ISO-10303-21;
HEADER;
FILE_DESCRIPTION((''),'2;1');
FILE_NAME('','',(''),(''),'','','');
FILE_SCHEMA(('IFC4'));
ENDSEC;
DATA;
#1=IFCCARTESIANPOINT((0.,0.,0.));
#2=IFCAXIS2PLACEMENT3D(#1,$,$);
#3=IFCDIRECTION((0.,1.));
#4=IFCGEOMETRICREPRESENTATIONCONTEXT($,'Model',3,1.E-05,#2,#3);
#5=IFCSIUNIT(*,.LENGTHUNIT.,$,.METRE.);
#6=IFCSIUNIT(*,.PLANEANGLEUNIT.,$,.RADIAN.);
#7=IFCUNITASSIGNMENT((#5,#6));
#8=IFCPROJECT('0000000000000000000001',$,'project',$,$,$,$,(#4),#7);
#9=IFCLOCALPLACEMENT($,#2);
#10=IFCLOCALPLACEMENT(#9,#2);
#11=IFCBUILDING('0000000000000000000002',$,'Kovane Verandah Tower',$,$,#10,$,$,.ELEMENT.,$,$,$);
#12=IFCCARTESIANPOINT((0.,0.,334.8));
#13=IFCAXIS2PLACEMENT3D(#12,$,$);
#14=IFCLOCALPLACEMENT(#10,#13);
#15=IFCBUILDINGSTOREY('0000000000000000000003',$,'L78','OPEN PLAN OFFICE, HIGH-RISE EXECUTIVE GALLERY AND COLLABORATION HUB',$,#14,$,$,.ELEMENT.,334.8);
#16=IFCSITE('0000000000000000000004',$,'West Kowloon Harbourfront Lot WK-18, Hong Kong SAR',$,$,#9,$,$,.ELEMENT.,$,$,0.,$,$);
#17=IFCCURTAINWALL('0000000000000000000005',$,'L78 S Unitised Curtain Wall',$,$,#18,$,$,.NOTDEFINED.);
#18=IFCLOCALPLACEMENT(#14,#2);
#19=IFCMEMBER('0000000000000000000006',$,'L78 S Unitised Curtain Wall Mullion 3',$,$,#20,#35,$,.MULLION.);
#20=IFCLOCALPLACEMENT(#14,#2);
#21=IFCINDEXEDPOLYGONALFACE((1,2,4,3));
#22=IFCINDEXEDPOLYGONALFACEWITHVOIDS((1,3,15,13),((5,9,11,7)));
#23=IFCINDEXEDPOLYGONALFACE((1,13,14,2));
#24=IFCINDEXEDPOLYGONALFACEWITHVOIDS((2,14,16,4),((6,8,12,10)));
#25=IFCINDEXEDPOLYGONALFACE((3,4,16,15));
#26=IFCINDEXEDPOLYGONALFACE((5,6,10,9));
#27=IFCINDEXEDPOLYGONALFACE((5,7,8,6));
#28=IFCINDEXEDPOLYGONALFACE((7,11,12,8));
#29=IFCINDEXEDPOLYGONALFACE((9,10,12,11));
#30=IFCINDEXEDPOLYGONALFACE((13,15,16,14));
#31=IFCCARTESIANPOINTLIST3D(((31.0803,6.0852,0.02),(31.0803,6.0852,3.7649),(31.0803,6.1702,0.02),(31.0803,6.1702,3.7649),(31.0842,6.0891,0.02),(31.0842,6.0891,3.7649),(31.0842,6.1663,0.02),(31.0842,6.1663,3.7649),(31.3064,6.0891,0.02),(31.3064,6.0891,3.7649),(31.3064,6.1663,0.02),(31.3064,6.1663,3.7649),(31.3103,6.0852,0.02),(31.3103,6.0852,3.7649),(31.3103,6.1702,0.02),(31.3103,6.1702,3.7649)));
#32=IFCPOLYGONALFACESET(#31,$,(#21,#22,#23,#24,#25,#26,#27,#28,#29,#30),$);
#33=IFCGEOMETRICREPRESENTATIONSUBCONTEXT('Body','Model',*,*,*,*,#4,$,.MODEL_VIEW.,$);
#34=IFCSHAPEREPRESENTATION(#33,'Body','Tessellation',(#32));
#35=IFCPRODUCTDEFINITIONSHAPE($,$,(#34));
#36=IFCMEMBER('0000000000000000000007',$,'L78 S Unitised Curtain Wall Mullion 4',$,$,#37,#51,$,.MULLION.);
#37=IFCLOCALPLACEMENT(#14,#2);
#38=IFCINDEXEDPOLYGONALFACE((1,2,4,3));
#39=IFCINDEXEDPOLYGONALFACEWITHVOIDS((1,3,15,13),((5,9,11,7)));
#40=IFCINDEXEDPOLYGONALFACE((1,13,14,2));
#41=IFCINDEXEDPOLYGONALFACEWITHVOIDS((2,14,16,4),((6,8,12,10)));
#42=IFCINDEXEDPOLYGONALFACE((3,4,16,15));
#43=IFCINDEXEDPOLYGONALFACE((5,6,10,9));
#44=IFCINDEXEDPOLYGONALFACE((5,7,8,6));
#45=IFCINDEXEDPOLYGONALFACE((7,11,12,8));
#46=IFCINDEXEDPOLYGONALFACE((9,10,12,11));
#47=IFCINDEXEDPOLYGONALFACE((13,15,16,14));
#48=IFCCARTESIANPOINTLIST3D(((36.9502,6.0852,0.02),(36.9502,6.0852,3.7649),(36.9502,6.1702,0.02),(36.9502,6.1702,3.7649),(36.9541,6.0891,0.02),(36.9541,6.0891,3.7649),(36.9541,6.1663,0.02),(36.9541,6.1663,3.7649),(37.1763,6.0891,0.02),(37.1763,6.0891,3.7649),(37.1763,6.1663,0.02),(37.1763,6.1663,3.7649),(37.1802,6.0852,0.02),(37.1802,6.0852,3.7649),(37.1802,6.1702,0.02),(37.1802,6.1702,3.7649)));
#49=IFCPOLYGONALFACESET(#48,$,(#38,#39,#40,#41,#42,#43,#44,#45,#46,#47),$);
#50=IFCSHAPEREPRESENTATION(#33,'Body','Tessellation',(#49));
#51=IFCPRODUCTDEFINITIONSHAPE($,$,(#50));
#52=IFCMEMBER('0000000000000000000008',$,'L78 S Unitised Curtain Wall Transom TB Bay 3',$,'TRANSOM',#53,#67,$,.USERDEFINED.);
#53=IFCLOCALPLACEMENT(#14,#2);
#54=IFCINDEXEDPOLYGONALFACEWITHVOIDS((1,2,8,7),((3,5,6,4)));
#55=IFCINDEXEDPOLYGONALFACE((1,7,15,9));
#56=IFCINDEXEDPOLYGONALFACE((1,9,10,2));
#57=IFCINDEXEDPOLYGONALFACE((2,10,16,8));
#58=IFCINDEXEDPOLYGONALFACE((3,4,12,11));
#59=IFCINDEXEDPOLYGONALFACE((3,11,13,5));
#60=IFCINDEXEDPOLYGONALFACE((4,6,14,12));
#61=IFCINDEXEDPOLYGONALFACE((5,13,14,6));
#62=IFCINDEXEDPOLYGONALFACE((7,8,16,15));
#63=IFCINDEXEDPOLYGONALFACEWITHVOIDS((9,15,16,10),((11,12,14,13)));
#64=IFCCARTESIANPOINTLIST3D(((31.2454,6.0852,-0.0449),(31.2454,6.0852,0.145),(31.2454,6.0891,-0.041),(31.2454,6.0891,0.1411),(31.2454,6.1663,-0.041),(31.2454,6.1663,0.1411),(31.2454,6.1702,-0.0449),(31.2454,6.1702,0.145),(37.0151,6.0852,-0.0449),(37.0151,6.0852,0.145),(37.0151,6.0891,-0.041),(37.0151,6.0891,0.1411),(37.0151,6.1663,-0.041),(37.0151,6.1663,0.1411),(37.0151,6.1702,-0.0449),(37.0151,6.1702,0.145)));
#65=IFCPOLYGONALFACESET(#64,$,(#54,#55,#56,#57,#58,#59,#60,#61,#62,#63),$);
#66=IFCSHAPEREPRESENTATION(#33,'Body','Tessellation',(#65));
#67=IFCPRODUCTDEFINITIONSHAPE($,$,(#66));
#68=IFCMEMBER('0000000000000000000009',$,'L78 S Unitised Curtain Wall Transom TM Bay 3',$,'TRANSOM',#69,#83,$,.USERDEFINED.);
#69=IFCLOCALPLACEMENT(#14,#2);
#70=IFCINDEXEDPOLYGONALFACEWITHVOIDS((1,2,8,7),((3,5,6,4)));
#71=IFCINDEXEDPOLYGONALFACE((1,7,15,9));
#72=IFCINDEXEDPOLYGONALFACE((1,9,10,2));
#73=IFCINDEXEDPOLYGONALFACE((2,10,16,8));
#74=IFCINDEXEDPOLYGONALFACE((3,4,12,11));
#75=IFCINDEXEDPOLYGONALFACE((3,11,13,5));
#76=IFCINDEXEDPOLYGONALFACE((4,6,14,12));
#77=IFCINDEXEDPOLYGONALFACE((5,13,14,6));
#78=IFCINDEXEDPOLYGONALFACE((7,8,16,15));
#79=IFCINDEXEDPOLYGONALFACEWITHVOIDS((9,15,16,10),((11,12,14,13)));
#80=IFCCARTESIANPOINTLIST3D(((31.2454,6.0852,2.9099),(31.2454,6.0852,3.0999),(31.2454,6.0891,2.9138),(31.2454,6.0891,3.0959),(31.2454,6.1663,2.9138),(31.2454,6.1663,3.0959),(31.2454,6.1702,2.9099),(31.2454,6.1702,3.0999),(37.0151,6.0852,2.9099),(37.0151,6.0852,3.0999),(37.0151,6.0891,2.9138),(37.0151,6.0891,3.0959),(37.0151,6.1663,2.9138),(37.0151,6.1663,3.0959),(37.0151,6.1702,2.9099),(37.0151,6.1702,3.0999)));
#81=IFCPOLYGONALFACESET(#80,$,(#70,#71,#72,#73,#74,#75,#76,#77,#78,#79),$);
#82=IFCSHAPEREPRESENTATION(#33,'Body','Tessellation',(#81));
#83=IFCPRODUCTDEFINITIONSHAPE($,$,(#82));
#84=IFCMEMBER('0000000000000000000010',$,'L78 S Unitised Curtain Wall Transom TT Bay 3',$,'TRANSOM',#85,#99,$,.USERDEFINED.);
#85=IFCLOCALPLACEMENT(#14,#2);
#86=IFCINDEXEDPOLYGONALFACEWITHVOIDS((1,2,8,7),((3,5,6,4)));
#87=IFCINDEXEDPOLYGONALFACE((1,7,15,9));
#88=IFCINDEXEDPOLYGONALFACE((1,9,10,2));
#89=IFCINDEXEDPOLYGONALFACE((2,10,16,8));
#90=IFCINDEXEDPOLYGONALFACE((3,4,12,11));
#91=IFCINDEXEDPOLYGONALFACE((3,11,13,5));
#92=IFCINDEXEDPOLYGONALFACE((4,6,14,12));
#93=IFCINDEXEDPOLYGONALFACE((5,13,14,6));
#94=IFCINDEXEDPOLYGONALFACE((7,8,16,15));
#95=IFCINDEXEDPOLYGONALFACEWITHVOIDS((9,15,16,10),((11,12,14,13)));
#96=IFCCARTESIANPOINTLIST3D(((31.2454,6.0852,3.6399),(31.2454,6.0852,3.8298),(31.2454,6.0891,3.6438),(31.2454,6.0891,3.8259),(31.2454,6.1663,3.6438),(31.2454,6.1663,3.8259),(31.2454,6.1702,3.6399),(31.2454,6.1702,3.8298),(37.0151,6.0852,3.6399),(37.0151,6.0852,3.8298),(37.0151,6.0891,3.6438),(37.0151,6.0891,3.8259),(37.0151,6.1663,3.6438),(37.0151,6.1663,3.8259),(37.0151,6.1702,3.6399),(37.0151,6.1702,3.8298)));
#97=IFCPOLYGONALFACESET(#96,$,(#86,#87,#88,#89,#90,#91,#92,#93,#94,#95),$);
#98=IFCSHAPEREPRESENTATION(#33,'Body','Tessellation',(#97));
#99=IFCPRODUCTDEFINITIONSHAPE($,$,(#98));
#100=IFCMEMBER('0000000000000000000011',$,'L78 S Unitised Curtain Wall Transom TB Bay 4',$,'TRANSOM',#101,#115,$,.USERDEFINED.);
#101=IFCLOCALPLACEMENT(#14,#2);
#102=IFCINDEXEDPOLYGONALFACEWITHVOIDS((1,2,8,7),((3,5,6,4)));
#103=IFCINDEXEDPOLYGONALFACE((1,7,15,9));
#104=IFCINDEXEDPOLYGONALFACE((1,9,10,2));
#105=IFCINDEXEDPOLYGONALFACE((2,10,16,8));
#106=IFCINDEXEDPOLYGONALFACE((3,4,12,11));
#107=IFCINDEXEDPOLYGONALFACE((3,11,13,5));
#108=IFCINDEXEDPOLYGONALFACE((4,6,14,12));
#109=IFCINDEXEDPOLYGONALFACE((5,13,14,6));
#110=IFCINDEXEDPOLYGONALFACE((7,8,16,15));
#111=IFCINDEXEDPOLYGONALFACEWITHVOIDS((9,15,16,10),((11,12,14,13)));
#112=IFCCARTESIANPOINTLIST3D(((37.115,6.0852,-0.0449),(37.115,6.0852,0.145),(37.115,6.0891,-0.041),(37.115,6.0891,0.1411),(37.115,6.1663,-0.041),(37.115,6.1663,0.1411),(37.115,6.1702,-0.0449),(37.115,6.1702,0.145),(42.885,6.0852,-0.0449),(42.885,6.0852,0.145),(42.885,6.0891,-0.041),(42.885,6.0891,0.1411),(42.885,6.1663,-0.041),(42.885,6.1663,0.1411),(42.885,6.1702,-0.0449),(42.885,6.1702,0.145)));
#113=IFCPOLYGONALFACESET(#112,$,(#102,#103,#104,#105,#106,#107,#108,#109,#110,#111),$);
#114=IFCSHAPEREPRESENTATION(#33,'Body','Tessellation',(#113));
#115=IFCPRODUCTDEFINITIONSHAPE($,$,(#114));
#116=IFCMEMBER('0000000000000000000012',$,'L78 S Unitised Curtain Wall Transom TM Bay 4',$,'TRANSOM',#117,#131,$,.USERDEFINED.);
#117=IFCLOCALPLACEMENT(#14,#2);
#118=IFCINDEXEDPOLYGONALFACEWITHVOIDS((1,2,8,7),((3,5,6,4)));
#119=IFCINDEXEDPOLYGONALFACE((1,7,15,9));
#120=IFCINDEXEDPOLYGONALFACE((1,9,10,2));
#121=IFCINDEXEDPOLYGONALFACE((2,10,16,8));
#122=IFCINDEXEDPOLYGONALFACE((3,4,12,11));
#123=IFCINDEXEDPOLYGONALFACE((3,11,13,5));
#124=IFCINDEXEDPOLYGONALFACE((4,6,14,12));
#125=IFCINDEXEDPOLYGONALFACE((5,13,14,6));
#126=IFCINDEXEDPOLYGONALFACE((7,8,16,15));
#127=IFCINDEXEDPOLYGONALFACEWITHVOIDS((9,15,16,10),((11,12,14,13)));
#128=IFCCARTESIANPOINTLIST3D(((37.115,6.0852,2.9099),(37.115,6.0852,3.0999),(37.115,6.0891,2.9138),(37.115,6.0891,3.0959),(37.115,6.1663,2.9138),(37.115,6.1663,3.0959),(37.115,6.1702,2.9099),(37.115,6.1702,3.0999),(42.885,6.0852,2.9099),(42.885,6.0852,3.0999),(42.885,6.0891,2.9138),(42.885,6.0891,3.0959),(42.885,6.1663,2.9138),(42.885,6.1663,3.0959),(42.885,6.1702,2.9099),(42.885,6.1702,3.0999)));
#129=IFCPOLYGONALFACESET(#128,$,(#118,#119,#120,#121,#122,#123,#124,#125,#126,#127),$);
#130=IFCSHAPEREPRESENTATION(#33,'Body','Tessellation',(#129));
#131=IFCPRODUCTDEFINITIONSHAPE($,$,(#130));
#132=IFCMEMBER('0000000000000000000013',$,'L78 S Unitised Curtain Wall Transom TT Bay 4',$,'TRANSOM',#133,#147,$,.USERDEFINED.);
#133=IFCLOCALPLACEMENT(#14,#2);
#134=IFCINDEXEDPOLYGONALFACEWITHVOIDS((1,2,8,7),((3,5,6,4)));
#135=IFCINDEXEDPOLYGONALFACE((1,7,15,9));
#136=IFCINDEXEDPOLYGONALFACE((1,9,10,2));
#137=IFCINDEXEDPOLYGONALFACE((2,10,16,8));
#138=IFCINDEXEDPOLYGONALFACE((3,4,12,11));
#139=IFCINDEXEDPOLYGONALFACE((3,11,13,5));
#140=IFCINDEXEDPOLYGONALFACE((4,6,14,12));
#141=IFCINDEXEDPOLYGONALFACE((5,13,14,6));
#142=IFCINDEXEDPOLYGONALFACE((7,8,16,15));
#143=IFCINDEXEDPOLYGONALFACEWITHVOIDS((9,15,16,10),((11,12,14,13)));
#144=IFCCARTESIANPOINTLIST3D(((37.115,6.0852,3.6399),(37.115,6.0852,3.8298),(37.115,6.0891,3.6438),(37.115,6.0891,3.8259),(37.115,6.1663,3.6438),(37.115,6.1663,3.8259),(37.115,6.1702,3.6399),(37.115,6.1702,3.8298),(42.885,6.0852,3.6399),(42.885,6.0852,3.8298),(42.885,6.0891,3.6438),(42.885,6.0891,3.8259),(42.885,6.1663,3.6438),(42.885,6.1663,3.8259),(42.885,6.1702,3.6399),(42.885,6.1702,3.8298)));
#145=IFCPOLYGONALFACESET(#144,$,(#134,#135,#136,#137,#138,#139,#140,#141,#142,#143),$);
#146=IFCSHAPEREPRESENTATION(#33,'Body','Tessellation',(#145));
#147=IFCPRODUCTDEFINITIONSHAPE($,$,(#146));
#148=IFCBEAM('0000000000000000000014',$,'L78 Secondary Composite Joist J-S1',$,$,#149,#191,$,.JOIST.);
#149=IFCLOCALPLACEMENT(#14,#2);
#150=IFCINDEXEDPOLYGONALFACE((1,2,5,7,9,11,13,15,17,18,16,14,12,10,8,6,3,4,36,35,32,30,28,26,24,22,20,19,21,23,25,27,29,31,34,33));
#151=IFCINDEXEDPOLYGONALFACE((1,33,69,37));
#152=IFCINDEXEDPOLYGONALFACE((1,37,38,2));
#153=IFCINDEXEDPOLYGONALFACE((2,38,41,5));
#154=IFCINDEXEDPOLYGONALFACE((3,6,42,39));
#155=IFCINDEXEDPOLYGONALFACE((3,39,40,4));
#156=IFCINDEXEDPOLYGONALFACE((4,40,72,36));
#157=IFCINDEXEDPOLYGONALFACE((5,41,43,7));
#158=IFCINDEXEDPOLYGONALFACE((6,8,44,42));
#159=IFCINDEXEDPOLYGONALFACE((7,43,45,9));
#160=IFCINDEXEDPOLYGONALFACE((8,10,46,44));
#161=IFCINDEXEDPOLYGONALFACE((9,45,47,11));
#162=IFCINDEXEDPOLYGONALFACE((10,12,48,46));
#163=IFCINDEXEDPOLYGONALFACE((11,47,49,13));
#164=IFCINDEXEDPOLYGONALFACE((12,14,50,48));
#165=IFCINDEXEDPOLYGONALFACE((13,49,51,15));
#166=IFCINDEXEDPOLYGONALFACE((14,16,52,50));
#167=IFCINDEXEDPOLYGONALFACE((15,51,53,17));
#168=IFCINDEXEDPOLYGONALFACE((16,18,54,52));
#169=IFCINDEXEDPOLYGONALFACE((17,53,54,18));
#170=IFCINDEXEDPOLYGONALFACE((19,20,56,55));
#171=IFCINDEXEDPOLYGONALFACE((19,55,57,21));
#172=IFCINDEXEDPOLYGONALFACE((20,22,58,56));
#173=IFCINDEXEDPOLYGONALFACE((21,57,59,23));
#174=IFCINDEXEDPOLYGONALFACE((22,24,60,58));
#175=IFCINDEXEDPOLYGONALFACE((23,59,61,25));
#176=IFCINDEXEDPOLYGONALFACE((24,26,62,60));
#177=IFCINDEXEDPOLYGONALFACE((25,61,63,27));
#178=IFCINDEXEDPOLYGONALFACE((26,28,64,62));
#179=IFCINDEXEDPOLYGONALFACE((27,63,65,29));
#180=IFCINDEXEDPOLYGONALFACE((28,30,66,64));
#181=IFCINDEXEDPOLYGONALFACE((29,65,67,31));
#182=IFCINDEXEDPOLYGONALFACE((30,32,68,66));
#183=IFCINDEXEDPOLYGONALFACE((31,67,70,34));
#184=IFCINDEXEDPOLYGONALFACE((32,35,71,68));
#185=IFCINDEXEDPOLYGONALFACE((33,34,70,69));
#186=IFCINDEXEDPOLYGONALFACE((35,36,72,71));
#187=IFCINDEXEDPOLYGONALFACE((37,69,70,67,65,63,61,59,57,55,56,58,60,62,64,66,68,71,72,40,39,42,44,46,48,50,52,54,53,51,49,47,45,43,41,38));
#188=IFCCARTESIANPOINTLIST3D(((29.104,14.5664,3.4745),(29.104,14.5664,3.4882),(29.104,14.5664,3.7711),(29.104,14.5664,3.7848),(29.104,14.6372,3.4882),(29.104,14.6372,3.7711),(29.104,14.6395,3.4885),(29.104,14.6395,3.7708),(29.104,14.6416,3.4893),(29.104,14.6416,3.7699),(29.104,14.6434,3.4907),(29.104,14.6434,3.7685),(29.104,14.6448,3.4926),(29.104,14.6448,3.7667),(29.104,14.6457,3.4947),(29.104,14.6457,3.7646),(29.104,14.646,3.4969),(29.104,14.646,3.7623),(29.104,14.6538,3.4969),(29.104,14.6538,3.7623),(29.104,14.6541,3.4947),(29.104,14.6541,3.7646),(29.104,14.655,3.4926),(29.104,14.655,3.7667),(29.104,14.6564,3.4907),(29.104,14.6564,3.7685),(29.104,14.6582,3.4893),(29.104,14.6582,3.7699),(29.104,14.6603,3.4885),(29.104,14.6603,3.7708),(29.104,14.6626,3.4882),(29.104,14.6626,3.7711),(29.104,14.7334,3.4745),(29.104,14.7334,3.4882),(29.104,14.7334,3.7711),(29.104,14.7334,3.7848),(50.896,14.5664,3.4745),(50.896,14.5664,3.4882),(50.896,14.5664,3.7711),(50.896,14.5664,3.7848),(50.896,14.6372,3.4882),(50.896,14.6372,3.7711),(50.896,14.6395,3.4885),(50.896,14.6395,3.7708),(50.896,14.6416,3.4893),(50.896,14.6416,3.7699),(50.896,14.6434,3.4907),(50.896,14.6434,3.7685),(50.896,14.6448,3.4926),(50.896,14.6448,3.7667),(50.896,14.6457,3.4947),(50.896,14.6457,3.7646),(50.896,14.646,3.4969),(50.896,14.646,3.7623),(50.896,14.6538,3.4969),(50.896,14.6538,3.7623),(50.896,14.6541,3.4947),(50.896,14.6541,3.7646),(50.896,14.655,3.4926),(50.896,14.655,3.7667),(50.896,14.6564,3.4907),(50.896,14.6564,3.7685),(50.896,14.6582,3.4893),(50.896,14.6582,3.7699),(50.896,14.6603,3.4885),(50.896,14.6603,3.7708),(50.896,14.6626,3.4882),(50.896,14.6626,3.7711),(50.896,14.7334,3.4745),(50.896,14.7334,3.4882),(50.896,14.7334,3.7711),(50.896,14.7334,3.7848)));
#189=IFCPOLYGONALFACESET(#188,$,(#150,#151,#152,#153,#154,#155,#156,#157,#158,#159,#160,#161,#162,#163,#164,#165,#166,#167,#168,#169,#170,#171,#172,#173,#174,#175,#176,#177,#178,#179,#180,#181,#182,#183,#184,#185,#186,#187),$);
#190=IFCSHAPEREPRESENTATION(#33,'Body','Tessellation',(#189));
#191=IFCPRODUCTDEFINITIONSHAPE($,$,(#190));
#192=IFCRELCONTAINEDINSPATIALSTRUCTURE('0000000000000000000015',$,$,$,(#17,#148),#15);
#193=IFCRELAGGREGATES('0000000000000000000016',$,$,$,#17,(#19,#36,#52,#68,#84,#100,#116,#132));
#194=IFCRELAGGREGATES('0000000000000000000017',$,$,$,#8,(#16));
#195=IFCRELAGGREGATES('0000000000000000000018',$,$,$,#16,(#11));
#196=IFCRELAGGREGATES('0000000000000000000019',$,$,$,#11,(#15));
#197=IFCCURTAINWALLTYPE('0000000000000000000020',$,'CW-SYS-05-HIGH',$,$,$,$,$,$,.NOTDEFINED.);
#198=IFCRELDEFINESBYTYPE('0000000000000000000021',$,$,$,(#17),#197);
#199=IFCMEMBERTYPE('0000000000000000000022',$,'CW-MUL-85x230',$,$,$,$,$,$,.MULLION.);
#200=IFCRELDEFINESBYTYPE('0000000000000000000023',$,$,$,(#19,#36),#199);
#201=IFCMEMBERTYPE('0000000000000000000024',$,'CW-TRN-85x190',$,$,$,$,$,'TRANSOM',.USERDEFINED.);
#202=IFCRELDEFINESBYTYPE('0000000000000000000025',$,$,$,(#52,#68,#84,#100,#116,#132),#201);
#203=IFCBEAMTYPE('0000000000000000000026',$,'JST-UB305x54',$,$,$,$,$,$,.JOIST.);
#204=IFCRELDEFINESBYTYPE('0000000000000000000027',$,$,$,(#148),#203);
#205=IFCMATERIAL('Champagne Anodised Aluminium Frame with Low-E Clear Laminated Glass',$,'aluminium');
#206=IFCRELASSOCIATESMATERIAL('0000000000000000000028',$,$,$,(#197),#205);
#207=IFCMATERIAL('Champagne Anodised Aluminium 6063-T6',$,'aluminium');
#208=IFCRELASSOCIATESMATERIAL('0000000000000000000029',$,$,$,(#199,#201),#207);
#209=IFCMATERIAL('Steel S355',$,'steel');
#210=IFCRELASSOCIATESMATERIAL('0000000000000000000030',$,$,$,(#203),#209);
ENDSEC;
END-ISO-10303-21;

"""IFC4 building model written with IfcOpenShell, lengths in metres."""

from ifc_helpers import new_model, si_unit, direction, frame, origin, origin_2d, place, context, subcontext, project, spatial, hollow_rectangle, i_section, extrude, material, material_profile, profile_set, type_object, element, aggregate, save


model = new_model("IFC4")

# Units and contexts
model_context = context("Model", 3, precision=1e-05, world=origin(), true_north=direction((0.0, 1.0)))
body_context = subcontext(model_context, "Body", "Model", "MODEL_VIEW")
ifc_project = project(units=[si_unit("LENGTHUNIT", "METRE"), si_unit("PLANEANGLEUNIT", "RADIAN")], contexts=[model_context])

# Site, building, storey
site_placement = place(None, origin())
site = spatial("IfcSite", under=ifc_project, at=site_placement, Name="West Kowloon Harbourfront Lot WK-18, Hong Kong SAR", CompositionType="ELEMENT", RefElevation=0.0)
building_placement = place(site_placement, origin())
building = spatial("IfcBuilding", under=site, at=building_placement, Name="Kovane Verandah Tower", CompositionType="ELEMENT")
storey_placement = place(building_placement, frame((0.0, 0.0, 334.8)))
storey = spatial("IfcBuildingStorey", under=building, at=storey_placement, Name="L78", Description="OPEN PLAN OFFICE, HIGH-RISE EXECUTIVE GALLERY AND COLLABORATION HUB", CompositionType="ELEMENT", Elevation=334.8)

# Shared definitions
ifc_material_1 = material(Name="Steel S355", Category="steel")

# Curtain wall, members
ifc_material_2 = material(Name="Champagne Anodised Aluminium Frame with Low-E Clear Laminated Glass", Category="aluminium")
curtain_wall_type = type_object("IfcCurtainWallType", Name="CW-SYS-05-HIGH", PredefinedType="NOTDEFINED", material=ifc_material_2)
curtain_wall_placement = place(storey_placement, origin())
curtain_wall = element("IfcCurtainWall", 1, at=curtain_wall_placement, inside=storey, type_object=curtain_wall_type, Name="L78 S Unitised Curtain Wall", PredefinedType="NOTDEFINED")
ifc_material_3 = material(Name="Champagne Anodised Aluminium 6063-T6", Category="aluminium")
ifc_material_profile_1 = material_profile(ifc_material_3, hollow_rectangle(XDim=0.085, YDim=0.23, WallThickness=0.0039, at=origin_2d()), Name="AL85x230x4")
ifc_profile_set_1 = profile_set([ifc_material_profile_1], Name="Champagne Anodised Aluminium 6063-T6")
member_type_1 = type_object("IfcMemberType", Name="CW-MUL-85x230", PredefinedType="MULLION", material=ifc_profile_set_1)
member_1_placement = place(storey_placement, frame((31.1953, 6.1277, 0.02), z_axis=(0.0, 0.0, 1.0), x_axis=(0.0, -1.0, 0.0)))
member_1 = element("IfcMember", 2, at=member_1_placement, type_object=member_type_1, Name="L78 S Unitised Curtain Wall Mullion 3", PredefinedType="MULLION", context=body_context, shape_type="SweptSolid", body=[
    extrude(hollow_rectangle(XDim=0.085, YDim=0.23, WallThickness=0.0039, at=origin_2d()), origin(), (0.0, 0.0, 1.0), 3.7449),
])
member_2_placement = place(storey_placement, frame((37.0652, 6.1277, 0.02), z_axis=(0.0, 0.0, 1.0), x_axis=(0.0, -1.0, 0.0)))
member_2 = element("IfcMember", 3, at=member_2_placement, type_object=member_type_1, Name="L78 S Unitised Curtain Wall Mullion 4", PredefinedType="MULLION", context=body_context, shape_type="SweptSolid", body=[
    extrude(hollow_rectangle(XDim=0.085, YDim=0.23, WallThickness=0.0039, at=origin_2d()), origin(), (0.0, 0.0, 1.0), 3.7449),
])
ifc_material_profile_2 = material_profile(ifc_material_3, hollow_rectangle(XDim=0.085, YDim=0.1899, WallThickness=0.0039, at=origin_2d()), Name="AL85x190x4")
ifc_profile_set_2 = profile_set([ifc_material_profile_2], Name="Champagne Anodised Aluminium 6063-T6")
member_type_2 = type_object("IfcMemberType", Name="CW-TRN-85x190", ElementType="TRANSOM", PredefinedType="USERDEFINED", material=ifc_profile_set_2)
member_3_placement = place(storey_placement, frame((31.2454, 6.1277, 0.05), z_axis=(1.0, 0.0, 0.0), x_axis=(0.0, 1.0, 0.0)))
member_3 = element("IfcMember", 4, at=member_3_placement, type_object=member_type_2, Name="L78 S Unitised Curtain Wall Transom TB Bay 3", ObjectType="TRANSOM", PredefinedType="USERDEFINED", context=body_context, shape_type="SweptSolid", body=[
    extrude(hollow_rectangle(XDim=0.085, YDim=0.1899, WallThickness=0.0039, at=origin_2d()), origin(), (0.0, 0.0, 1.0), 5.7698),
])
member_4_placement = place(storey_placement, frame((31.2454, 6.1277, 3.0049), z_axis=(1.0, 0.0, 0.0), x_axis=(0.0, 1.0, 0.0)))
member_4 = element("IfcMember", 5, at=member_4_placement, type_object=member_type_2, Name="L78 S Unitised Curtain Wall Transom TM Bay 3", ObjectType="TRANSOM", PredefinedType="USERDEFINED", context=body_context, shape_type="SweptSolid", body=[
    extrude(hollow_rectangle(XDim=0.085, YDim=0.1899, WallThickness=0.0039, at=origin_2d()), origin(), (0.0, 0.0, 1.0), 5.7698),
])
member_5_placement = place(storey_placement, frame((31.2454, 6.1277, 3.7349), z_axis=(1.0, 0.0, 0.0), x_axis=(0.0, 1.0, 0.0)))
member_5 = element("IfcMember", 6, at=member_5_placement, type_object=member_type_2, Name="L78 S Unitised Curtain Wall Transom TT Bay 3", ObjectType="TRANSOM", PredefinedType="USERDEFINED", context=body_context, shape_type="SweptSolid", body=[
    extrude(hollow_rectangle(XDim=0.085, YDim=0.1899, WallThickness=0.0039, at=origin_2d()), origin(), (0.0, 0.0, 1.0), 5.7698),
])
member_6_placement = place(storey_placement, frame((37.115, 6.1277, 0.05), z_axis=(1.0, 0.0, 0.0), x_axis=(0.0, 1.0, 0.0)))
member_6 = element("IfcMember", 7, at=member_6_placement, type_object=member_type_2, Name="L78 S Unitised Curtain Wall Transom TB Bay 4", ObjectType="TRANSOM", PredefinedType="USERDEFINED", context=body_context, shape_type="SweptSolid", body=[
    extrude(hollow_rectangle(XDim=0.085, YDim=0.1899, WallThickness=0.0039, at=origin_2d()), origin(), (0.0, 0.0, 1.0), 5.77),
])
member_7_placement = place(storey_placement, frame((37.115, 6.1277, 3.0049), z_axis=(1.0, 0.0, 0.0), x_axis=(0.0, 1.0, 0.0)))
member_7 = element("IfcMember", 8, at=member_7_placement, type_object=member_type_2, Name="L78 S Unitised Curtain Wall Transom TM Bay 4", ObjectType="TRANSOM", PredefinedType="USERDEFINED", context=body_context, shape_type="SweptSolid", body=[
    extrude(hollow_rectangle(XDim=0.085, YDim=0.1899, WallThickness=0.0039, at=origin_2d()), origin(), (0.0, 0.0, 1.0), 5.77),
])
member_8_placement = place(storey_placement, frame((37.115, 6.1277, 3.7349), z_axis=(1.0, 0.0, 0.0), x_axis=(0.0, 1.0, 0.0)))
member_8 = element("IfcMember", 9, at=member_8_placement, type_object=member_type_2, Name="L78 S Unitised Curtain Wall Transom TT Bay 4", ObjectType="TRANSOM", PredefinedType="USERDEFINED", context=body_context, shape_type="SweptSolid", body=[
    extrude(hollow_rectangle(XDim=0.085, YDim=0.1899, WallThickness=0.0039, at=origin_2d()), origin(), (0.0, 0.0, 1.0), 5.77),
])

# Beam
ifc_material_profile_3 = material_profile(ifc_material_1, i_section(OverallWidth=0.167, OverallDepth=0.3103, WebThickness=0.0078, FlangeThickness=0.0137, FilletRadius=0.0088, at=origin_2d()), Name="UB305x165x54")
ifc_profile_set_3 = profile_set([ifc_material_profile_3], Name="Steel S355")
beam_type_1 = type_object("IfcBeamType", Name="JST-UB305x54", PredefinedType="JOIST", material=ifc_profile_set_3)
beam_1_placement = place(storey_placement, frame((29.104, 14.6499, 3.6296), z_axis=(1.0, 0.0, 0.0), x_axis=(0.0, 1.0, 0.0)))
element("IfcBeam", 10, at=beam_1_placement, inside=storey, type_object=beam_type_1, Name="L78 Secondary Composite Joist J-S1", PredefinedType="JOIST", context=body_context, shape_type="SweptSolid", body=[
    extrude(i_section(OverallWidth=0.167, OverallDepth=0.3103, WebThickness=0.0078, FlangeThickness=0.0137, FilletRadius=0.0088, at=origin_2d()), origin(), (0.0, 0.0, 1.0), 21.792),
])

aggregate(curtain_wall, [member_1, member_2, member_3, member_4, member_5, member_6, member_7, member_8])

save(model, "model.ifc")
